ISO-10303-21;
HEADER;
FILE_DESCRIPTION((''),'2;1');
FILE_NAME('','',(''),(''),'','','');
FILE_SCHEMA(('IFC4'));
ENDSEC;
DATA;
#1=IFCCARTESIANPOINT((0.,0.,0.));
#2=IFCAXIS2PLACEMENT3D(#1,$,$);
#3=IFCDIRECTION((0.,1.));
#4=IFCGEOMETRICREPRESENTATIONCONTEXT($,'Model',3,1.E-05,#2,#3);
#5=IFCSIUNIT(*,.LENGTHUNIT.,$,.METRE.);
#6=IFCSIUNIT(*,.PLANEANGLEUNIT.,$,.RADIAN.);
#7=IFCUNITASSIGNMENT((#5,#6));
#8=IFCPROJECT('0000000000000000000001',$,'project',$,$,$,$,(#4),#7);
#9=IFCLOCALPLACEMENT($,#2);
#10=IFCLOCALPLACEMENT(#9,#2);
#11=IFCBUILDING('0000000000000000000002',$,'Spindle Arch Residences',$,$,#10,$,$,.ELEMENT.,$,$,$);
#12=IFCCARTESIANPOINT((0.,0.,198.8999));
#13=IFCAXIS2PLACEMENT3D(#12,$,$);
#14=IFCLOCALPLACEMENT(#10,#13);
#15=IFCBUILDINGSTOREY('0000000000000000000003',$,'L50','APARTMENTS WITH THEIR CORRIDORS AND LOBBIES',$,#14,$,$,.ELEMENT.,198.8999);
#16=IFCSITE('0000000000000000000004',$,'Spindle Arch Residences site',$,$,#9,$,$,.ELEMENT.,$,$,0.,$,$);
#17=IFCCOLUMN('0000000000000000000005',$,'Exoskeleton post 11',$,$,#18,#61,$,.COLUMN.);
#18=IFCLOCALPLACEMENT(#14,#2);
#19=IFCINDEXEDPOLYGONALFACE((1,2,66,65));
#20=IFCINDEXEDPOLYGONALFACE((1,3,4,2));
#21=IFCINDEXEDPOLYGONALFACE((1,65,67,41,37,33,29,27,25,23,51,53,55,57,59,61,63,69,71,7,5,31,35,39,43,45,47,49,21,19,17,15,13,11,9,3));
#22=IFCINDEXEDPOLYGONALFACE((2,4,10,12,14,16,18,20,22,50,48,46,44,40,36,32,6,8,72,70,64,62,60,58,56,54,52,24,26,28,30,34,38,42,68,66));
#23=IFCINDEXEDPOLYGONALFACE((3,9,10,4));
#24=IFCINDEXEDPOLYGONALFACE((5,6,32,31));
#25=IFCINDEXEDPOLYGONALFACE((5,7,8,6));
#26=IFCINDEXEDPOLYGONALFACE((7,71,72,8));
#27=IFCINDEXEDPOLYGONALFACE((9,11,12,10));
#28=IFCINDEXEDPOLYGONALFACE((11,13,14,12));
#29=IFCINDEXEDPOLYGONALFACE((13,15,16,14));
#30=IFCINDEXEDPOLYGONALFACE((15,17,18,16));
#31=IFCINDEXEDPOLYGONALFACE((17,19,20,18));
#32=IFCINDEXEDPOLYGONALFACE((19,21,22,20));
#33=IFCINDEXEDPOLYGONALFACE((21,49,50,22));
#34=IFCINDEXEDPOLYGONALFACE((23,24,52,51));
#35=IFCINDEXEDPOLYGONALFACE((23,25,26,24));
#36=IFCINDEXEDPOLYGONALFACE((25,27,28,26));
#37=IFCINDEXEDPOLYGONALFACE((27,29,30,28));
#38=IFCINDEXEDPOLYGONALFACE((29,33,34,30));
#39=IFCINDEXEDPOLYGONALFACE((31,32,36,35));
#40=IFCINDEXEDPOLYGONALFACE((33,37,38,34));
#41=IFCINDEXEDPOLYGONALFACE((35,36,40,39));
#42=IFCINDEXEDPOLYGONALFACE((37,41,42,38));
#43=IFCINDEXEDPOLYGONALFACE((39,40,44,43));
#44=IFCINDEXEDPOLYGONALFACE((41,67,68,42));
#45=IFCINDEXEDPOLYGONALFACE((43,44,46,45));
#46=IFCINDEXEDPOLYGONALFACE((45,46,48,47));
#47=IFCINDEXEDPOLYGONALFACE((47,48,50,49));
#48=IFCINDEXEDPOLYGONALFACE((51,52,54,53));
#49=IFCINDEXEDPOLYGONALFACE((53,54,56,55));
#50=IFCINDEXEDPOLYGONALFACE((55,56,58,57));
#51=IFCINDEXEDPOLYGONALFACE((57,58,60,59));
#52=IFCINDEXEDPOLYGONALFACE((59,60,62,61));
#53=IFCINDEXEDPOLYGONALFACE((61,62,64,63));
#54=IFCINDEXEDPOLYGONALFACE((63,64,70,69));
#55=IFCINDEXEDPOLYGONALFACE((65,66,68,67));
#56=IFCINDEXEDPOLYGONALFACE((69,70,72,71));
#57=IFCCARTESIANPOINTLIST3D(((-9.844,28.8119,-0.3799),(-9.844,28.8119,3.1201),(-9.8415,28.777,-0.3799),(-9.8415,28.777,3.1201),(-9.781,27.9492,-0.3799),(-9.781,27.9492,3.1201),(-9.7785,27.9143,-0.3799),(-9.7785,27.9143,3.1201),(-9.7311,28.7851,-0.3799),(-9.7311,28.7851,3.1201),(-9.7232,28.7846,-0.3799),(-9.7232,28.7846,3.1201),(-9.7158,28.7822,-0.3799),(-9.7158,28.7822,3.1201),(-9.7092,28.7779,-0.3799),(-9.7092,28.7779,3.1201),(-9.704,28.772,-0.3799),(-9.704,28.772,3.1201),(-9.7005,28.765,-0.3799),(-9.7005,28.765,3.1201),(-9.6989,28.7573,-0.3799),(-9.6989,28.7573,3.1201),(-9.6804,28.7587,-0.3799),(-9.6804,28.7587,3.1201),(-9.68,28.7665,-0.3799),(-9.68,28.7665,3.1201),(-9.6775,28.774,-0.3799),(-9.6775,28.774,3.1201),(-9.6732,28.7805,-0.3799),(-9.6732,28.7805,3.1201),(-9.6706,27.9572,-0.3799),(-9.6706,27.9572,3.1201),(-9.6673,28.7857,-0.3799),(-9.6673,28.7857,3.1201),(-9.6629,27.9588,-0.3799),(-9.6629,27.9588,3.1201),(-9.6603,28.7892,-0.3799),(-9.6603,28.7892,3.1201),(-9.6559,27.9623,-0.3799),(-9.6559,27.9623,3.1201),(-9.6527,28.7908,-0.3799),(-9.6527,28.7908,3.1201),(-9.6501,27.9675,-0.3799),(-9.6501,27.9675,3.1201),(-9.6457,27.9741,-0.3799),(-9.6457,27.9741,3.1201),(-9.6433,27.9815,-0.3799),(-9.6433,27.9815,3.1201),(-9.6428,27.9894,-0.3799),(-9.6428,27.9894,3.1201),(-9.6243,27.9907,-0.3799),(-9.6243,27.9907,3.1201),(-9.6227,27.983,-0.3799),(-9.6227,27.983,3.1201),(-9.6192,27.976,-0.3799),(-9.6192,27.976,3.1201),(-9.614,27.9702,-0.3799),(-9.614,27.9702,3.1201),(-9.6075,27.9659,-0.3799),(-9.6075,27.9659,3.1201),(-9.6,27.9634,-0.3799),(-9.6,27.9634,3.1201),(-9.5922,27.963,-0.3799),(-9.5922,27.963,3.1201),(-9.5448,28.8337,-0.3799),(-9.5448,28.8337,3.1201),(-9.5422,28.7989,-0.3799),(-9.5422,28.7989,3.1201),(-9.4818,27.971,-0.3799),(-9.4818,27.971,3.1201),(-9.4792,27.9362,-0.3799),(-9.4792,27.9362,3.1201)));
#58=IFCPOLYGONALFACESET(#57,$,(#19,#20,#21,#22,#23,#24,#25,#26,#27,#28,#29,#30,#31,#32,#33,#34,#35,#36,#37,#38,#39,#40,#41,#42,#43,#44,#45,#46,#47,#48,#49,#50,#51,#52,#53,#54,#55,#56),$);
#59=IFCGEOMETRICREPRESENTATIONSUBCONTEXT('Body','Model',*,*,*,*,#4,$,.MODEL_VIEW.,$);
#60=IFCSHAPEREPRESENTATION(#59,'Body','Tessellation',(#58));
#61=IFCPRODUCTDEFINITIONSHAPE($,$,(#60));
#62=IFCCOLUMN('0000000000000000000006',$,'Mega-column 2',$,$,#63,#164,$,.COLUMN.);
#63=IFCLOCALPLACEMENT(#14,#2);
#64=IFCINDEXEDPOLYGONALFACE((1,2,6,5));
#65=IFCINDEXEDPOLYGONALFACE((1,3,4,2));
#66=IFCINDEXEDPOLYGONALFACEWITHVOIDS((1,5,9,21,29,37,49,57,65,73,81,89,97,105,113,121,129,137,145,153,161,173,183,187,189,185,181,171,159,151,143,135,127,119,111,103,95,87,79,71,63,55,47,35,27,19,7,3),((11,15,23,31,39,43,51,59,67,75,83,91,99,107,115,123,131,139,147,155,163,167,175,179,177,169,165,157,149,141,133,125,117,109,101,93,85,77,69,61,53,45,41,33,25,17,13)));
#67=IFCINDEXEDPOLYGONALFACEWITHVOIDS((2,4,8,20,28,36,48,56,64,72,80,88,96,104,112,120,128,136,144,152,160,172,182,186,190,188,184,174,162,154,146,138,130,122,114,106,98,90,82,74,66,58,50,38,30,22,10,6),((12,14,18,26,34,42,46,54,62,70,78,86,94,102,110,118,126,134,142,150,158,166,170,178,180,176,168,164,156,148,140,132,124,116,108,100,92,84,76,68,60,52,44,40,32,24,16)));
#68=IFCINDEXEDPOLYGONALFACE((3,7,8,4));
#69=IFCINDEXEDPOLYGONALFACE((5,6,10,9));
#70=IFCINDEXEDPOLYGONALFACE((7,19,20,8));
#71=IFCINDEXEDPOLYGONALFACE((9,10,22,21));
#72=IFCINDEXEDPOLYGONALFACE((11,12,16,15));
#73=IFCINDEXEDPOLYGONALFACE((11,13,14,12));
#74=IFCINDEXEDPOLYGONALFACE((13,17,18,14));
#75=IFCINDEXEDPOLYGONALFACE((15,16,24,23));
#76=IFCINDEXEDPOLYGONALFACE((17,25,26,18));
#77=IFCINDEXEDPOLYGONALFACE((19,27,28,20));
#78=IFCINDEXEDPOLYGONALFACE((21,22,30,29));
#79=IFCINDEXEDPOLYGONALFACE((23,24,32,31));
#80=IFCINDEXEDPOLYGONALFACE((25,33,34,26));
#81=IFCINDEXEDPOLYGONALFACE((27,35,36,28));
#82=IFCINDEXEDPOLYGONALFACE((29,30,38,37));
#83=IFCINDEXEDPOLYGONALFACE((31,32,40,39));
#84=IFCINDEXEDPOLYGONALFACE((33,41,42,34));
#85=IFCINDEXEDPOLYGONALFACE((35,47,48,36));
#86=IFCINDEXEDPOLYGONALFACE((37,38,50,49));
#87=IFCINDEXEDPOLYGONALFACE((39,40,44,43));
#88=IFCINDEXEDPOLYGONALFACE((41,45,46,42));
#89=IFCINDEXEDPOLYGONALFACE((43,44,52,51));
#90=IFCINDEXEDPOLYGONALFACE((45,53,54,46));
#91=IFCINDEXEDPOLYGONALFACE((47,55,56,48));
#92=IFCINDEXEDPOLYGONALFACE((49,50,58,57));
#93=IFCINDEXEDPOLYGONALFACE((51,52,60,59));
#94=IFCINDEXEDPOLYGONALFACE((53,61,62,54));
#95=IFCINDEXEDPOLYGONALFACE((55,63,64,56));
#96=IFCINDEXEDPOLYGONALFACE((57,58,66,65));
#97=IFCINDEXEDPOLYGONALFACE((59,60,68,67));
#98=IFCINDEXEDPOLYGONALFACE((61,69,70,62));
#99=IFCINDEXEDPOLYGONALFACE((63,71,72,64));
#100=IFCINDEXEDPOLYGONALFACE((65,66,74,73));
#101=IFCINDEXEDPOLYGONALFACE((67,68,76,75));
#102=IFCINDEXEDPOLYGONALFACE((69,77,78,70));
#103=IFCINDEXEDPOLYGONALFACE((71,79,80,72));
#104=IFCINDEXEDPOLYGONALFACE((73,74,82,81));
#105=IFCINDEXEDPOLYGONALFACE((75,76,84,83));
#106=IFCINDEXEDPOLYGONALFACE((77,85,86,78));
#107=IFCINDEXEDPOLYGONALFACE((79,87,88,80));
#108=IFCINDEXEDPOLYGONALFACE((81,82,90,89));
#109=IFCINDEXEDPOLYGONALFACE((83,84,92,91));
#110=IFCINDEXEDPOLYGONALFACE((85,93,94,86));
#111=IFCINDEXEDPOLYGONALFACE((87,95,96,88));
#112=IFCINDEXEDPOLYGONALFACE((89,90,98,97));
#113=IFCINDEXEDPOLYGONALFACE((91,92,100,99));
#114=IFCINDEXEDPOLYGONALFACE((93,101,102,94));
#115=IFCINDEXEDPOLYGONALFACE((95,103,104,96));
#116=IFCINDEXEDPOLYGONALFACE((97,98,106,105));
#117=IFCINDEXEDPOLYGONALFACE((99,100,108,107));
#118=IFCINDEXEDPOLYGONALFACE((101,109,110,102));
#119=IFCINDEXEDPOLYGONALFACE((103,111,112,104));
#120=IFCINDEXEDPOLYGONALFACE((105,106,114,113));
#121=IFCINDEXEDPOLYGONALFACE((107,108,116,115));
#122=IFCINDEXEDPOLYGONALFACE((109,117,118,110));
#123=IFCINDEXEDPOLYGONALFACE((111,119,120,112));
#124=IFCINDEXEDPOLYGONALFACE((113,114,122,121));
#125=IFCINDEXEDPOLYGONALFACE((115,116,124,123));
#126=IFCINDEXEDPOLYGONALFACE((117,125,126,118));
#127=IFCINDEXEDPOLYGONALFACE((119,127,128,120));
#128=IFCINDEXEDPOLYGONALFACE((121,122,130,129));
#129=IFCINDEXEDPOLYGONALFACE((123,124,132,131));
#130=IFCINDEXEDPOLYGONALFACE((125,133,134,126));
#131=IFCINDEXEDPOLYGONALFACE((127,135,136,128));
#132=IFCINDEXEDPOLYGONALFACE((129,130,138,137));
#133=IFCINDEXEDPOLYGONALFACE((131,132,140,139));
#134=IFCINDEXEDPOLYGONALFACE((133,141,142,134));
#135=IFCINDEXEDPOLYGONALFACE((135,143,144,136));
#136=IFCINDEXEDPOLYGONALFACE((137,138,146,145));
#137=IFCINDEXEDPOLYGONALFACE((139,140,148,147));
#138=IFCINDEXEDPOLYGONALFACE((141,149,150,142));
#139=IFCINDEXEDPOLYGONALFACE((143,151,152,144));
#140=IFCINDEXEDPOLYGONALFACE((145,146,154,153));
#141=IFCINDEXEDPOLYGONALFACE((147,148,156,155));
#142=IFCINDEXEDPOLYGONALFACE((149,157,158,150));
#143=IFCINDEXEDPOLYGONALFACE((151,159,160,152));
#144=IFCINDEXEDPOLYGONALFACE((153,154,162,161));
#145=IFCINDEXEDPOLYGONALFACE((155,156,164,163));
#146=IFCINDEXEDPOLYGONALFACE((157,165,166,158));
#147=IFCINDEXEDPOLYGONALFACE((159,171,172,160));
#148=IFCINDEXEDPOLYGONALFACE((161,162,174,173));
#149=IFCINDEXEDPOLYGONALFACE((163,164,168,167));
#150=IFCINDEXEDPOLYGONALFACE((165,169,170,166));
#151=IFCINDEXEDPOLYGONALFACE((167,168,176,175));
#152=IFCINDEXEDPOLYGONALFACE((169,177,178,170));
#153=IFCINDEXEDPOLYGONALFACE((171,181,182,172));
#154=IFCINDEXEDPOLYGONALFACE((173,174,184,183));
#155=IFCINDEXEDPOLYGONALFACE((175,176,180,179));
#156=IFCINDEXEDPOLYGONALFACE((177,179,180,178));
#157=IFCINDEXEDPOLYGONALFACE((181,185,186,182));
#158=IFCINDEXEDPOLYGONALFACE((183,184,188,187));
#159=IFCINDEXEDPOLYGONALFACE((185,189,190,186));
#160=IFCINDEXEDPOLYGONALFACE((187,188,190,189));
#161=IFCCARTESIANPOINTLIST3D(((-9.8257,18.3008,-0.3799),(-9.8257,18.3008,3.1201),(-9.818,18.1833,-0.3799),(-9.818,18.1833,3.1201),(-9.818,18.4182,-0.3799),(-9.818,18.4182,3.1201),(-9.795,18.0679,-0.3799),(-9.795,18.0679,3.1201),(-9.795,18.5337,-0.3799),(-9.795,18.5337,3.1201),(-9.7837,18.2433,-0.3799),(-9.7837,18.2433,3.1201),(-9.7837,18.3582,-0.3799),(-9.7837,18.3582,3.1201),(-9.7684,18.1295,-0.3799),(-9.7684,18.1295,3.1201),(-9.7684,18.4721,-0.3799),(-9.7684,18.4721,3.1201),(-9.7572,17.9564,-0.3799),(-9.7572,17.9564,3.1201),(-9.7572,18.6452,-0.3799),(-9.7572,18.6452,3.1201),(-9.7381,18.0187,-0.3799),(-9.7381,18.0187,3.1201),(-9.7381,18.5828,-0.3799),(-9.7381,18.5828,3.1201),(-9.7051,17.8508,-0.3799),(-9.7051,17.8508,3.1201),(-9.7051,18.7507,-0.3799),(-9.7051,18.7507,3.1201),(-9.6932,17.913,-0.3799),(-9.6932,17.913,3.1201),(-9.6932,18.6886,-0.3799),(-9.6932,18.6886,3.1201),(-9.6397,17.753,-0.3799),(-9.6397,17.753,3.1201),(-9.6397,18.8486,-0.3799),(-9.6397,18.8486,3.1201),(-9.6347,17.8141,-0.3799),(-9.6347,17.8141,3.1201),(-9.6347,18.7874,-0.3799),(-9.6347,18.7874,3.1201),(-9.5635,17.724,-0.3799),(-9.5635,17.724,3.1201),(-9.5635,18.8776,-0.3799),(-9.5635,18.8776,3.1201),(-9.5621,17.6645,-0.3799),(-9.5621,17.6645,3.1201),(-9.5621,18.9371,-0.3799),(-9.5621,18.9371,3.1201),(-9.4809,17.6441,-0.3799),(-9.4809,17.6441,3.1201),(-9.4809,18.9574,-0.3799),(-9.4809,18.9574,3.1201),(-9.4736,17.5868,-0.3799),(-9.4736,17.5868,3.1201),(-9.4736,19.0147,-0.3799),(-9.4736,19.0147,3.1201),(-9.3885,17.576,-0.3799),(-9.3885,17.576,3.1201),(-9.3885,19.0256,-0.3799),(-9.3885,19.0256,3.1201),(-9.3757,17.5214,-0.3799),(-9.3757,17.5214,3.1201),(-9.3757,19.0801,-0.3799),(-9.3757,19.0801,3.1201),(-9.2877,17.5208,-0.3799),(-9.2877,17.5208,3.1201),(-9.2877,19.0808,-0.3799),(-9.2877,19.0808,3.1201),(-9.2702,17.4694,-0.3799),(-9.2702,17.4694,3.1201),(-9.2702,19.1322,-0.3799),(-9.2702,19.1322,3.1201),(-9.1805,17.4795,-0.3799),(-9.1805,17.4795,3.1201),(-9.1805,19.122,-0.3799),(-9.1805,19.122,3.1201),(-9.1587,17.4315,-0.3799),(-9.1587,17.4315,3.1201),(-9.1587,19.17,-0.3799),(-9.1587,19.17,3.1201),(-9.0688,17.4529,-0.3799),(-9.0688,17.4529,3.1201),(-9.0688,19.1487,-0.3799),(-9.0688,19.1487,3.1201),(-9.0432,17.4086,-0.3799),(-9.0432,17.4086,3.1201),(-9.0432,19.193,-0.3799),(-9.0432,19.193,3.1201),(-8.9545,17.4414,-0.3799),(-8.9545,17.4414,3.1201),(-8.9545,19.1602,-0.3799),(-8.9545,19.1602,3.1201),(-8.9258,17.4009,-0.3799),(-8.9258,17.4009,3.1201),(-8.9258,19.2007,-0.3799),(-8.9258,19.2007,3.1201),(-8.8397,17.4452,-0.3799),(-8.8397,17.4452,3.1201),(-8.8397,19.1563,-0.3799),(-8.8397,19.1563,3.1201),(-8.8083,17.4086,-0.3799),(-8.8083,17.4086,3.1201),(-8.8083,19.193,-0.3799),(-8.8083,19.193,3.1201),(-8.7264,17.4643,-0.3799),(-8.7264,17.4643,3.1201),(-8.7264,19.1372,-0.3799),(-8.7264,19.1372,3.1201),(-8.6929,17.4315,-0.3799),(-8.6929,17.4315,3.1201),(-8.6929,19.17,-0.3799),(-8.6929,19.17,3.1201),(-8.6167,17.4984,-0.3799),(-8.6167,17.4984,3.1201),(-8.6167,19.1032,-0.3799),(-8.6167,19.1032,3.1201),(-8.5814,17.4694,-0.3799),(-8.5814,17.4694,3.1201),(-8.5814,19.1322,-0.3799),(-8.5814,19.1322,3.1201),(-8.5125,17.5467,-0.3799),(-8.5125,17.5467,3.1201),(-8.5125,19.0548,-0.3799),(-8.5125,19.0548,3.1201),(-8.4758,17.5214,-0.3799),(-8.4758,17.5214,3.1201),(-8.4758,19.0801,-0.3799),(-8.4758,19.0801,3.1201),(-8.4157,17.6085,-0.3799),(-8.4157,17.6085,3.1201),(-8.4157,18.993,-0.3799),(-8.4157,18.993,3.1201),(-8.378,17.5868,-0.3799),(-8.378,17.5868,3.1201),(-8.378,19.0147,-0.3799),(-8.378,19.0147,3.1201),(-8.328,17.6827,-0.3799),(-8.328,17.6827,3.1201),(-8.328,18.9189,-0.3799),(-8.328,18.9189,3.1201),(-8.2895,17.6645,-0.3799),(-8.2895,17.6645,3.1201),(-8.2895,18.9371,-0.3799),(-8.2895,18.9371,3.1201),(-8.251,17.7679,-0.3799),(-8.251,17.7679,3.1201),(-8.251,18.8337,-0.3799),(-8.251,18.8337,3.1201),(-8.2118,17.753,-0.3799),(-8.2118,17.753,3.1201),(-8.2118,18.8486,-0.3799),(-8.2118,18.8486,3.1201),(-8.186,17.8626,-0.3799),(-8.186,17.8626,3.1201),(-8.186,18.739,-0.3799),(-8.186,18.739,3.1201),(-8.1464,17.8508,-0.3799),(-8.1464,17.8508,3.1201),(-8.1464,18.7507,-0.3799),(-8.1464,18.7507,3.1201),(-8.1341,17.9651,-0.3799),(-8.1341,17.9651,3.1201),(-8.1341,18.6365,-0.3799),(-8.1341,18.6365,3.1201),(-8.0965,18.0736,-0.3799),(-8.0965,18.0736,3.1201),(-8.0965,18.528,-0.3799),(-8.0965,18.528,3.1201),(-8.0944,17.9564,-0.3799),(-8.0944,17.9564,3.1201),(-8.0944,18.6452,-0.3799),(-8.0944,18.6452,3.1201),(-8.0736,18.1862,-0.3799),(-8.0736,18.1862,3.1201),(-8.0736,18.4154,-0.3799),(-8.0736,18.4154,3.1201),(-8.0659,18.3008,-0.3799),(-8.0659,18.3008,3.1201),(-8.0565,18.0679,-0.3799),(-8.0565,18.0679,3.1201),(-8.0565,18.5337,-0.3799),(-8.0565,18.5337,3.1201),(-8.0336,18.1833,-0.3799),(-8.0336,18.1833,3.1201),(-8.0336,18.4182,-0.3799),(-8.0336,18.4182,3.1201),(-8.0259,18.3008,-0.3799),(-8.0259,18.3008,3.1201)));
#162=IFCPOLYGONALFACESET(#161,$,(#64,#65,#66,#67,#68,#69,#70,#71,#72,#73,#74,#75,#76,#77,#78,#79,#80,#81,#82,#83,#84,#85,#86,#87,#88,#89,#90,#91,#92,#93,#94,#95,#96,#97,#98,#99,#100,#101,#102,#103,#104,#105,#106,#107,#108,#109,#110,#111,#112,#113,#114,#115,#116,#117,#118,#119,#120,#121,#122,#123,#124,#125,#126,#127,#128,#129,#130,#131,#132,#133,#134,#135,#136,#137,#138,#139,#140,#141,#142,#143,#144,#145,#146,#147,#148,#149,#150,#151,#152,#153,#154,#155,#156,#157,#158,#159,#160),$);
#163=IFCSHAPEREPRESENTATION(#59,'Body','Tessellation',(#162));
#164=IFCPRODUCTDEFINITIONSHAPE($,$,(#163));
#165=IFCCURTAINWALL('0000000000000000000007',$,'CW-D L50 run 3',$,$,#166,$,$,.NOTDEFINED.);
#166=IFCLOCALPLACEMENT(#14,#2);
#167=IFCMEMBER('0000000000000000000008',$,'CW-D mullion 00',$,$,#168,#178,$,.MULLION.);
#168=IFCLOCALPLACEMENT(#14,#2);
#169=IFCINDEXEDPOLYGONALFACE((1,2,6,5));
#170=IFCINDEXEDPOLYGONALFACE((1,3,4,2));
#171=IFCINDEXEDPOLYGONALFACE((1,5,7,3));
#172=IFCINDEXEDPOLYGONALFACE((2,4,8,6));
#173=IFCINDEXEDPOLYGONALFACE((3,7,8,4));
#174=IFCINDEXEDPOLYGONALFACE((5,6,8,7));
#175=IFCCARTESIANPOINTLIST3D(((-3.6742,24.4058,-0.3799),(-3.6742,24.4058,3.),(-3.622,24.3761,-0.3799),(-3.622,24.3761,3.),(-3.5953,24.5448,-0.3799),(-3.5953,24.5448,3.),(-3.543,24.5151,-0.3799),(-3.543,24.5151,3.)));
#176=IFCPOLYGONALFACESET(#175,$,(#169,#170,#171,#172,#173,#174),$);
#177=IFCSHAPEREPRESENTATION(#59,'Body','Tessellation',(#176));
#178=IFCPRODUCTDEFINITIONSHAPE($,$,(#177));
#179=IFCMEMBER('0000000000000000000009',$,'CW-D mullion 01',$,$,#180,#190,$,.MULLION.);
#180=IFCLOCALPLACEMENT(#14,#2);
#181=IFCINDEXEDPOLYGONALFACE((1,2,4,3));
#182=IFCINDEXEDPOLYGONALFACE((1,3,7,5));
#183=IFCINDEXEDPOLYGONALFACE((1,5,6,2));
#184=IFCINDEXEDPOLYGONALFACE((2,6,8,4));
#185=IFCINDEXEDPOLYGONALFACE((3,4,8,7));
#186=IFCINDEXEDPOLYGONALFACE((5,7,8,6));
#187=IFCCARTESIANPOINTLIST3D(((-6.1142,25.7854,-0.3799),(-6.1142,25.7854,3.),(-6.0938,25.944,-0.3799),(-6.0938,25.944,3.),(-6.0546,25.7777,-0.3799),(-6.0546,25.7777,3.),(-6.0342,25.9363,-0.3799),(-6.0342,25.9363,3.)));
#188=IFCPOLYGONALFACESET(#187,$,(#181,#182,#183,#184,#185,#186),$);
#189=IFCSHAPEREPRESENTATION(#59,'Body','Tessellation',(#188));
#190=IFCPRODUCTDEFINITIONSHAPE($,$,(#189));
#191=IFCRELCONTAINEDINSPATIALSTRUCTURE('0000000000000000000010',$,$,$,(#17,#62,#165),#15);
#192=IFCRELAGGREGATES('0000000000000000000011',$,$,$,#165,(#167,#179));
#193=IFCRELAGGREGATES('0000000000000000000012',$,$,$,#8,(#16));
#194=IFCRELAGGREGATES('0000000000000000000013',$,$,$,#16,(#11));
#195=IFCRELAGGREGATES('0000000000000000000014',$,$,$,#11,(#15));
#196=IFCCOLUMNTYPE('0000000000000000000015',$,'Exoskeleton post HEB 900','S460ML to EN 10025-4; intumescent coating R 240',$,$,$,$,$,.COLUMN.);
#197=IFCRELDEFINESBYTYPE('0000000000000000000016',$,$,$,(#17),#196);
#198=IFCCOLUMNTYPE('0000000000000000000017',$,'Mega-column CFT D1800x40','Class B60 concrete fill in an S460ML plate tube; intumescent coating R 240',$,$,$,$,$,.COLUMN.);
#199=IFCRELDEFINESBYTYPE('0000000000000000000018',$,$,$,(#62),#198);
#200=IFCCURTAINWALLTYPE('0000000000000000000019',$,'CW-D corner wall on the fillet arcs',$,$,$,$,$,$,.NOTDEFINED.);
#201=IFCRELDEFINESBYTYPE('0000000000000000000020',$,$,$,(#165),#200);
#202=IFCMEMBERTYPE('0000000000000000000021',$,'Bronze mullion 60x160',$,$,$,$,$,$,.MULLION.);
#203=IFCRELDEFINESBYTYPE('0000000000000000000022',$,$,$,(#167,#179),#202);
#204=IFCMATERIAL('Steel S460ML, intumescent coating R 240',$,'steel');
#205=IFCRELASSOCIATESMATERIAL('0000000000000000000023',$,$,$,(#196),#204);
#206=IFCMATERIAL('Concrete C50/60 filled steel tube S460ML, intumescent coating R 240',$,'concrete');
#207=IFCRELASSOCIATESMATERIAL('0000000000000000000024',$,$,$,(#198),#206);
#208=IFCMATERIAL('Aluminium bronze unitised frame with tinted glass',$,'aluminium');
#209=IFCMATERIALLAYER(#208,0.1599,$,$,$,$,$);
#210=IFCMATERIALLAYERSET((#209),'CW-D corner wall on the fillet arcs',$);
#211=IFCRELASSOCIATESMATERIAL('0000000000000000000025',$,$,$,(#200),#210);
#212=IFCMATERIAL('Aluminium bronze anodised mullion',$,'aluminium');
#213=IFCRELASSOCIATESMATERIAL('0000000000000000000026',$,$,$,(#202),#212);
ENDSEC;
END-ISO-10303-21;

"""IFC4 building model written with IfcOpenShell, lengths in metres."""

from ifc_helpers import new_model, si_unit, direction, frame, origin, origin_2d, place, context, subcontext, project, spatial, rectangle, hollow_circle, i_section, extrude, material, layer, layer_set, material_profile, profile_set, type_object, element, aggregate, save


model = new_model("IFC4")

# Units and contexts
model_context = context("Model", 3, precision=1e-05, world=origin(), true_north=direction((0.0, 1.0)))
body_context = subcontext(model_context, "Body", "Model", "MODEL_VIEW")
ifc_project = project(units=[si_unit("LENGTHUNIT", "METRE"), si_unit("PLANEANGLEUNIT", "RADIAN")], contexts=[model_context])

# Site, building, storey
site_placement = place(None, origin())
site = spatial("IfcSite", under=ifc_project, at=site_placement, Name="Spindle Arch Residences site", CompositionType="ELEMENT", RefElevation=0.0)
building_placement = place(site_placement, origin())
building = spatial("IfcBuilding", under=site, at=building_placement, Name="Spindle Arch Residences", CompositionType="ELEMENT")
storey_placement = place(building_placement, frame((0.0, 0.0, 198.8999)))
storey = spatial("IfcBuildingStorey", under=building, at=storey_placement, Name="L50", Description="APARTMENTS WITH THEIR CORRIDORS AND LOBBIES", CompositionType="ELEMENT", Elevation=198.8999)

# Columns
ifc_material_1 = material(Name="Steel S460ML, intumescent coating R 240", Category="steel")
ifc_material_profile_1 = material_profile(ifc_material_1, i_section(OverallWidth=0.3, OverallDepth=0.8999, WebThickness=0.0186, FlangeThickness=0.0349, FilletRadius=0.03, at=origin_2d()), Name="HEB 900")
ifc_profile_set_1 = profile_set([ifc_material_profile_1], Name="Steel S460ML, intumescent coating R 240")
column_type_1 = type_object("IfcColumnType", Name="Exoskeleton post HEB 900", Description="S460ML to EN 10025-4; intumescent coating R 240", PredefinedType="COLUMN", material=ifc_profile_set_1)
column_1_placement = place(storey_placement, frame((-9.6616, 28.374, -0.3799), z_axis=(0.0, 0.0, 1.0), x_axis=(0.997343, 0.072844, 0.0)))
element("IfcColumn", 1, at=column_1_placement, inside=storey, type_object=column_type_1, Name="Exoskeleton post 11", PredefinedType="COLUMN", context=body_context, shape_type="SweptSolid", body=[
    extrude(i_section(OverallWidth=0.3, OverallDepth=0.8999, WebThickness=0.0186, FlangeThickness=0.0349, FilletRadius=0.03, at=origin_2d()), origin(), (0.0, 0.0, 1.0), 3.5),
])
ifc_material_2 = material(Name="Concrete C50/60 filled steel tube S460ML, intumescent coating R 240", Category="concrete")
ifc_material_profile_2 = material_profile(ifc_material_2, hollow_circle(Radius=0.8999, WallThickness=0.04, at=origin_2d()), Name="CFT D1800x40")
ifc_profile_set_2 = profile_set([ifc_material_profile_2], Name="Concrete C50/60 filled steel tube S460ML, intumescent coating R 240")
column_type_2 = type_object("IfcColumnType", Name="Mega-column CFT D1800x40", Description="Class B60 concrete fill in an S460ML plate tube; intumescent coating R 240", PredefinedType="COLUMN", material=ifc_profile_set_2)
column_2_placement = place(storey_placement, frame((-8.9258, 18.3008, -0.3799), z_axis=(0.0, 0.0, 1.0), x_axis=(1.0, 0.0, 0.0)))
element("IfcColumn", 2, at=column_2_placement, inside=storey, type_object=column_type_2, Name="Mega-column 2", PredefinedType="COLUMN", context=body_context, shape_type="SweptSolid", body=[
    extrude(hollow_circle(Radius=0.8999, WallThickness=0.04, at=origin_2d()), origin(), (0.0, 0.0, 1.0), 3.5),
])

# Curtain wall, members
ifc_material_3 = material(Name="Aluminium bronze unitised frame with tinted glass", Category="aluminium")
ifc_layer_1 = layer(ifc_material_3, 0.1599)
ifc_layer_set_1 = layer_set([ifc_layer_1], Name="CW-D corner wall on the fillet arcs")
curtain_wall_type = type_object("IfcCurtainWallType", Name="CW-D corner wall on the fillet arcs", PredefinedType="NOTDEFINED", material=ifc_layer_set_1)
curtain_wall_placement = place(storey_placement, origin())
curtain_wall = element("IfcCurtainWall", 3, at=curtain_wall_placement, inside=storey, type_object=curtain_wall_type, Name="CW-D L50 run 3", PredefinedType="NOTDEFINED")
ifc_material_4 = material(Name="Aluminium bronze anodised mullion", Category="aluminium")
ifc_material_profile_3 = material_profile(ifc_material_4, rectangle(XDim=0.1599, YDim=0.0601, at=origin_2d()), Name="MU 60x160")
ifc_profile_set_3 = profile_set([ifc_material_profile_3], Name="Aluminium bronze anodised mullion")
member_type_1 = type_object("IfcMemberType", Name="Bronze mullion 60x160", PredefinedType="MULLION", material=ifc_profile_set_3)
member_1_placement = place(storey_placement, frame((-3.6086, 24.4604, -0.3799), z_axis=(0.0, 0.0, 1.0), x_axis=(-0.493865, -0.869539, 0.0)))
member_1 = element("IfcMember", 4, at=member_1_placement, type_object=member_type_1, Name="CW-D mullion 00", PredefinedType="MULLION", context=body_context, shape_type="SweptSolid", body=[
    extrude(rectangle(XDim=0.1599, YDim=0.0601, at=origin_2d()), origin(), (0.0, 0.0, 1.0), 3.3799),
])
member_2_placement = place(storey_placement, frame((-6.0742, 25.8608, -0.3799), z_axis=(0.0, 0.0, 1.0), x_axis=(-0.127642, -0.99182, 0.0)))
member_2 = element("IfcMember", 5, at=member_2_placement, type_object=member_type_1, Name="CW-D mullion 01", PredefinedType="MULLION", context=body_context, shape_type="SweptSolid", body=[
    extrude(rectangle(XDim=0.1599, YDim=0.0601, at=origin_2d()), origin(), (0.0, 0.0, 1.0), 3.3799),
])

aggregate(curtain_wall, [member_1, member_2])

save(model, "model.ifc")
